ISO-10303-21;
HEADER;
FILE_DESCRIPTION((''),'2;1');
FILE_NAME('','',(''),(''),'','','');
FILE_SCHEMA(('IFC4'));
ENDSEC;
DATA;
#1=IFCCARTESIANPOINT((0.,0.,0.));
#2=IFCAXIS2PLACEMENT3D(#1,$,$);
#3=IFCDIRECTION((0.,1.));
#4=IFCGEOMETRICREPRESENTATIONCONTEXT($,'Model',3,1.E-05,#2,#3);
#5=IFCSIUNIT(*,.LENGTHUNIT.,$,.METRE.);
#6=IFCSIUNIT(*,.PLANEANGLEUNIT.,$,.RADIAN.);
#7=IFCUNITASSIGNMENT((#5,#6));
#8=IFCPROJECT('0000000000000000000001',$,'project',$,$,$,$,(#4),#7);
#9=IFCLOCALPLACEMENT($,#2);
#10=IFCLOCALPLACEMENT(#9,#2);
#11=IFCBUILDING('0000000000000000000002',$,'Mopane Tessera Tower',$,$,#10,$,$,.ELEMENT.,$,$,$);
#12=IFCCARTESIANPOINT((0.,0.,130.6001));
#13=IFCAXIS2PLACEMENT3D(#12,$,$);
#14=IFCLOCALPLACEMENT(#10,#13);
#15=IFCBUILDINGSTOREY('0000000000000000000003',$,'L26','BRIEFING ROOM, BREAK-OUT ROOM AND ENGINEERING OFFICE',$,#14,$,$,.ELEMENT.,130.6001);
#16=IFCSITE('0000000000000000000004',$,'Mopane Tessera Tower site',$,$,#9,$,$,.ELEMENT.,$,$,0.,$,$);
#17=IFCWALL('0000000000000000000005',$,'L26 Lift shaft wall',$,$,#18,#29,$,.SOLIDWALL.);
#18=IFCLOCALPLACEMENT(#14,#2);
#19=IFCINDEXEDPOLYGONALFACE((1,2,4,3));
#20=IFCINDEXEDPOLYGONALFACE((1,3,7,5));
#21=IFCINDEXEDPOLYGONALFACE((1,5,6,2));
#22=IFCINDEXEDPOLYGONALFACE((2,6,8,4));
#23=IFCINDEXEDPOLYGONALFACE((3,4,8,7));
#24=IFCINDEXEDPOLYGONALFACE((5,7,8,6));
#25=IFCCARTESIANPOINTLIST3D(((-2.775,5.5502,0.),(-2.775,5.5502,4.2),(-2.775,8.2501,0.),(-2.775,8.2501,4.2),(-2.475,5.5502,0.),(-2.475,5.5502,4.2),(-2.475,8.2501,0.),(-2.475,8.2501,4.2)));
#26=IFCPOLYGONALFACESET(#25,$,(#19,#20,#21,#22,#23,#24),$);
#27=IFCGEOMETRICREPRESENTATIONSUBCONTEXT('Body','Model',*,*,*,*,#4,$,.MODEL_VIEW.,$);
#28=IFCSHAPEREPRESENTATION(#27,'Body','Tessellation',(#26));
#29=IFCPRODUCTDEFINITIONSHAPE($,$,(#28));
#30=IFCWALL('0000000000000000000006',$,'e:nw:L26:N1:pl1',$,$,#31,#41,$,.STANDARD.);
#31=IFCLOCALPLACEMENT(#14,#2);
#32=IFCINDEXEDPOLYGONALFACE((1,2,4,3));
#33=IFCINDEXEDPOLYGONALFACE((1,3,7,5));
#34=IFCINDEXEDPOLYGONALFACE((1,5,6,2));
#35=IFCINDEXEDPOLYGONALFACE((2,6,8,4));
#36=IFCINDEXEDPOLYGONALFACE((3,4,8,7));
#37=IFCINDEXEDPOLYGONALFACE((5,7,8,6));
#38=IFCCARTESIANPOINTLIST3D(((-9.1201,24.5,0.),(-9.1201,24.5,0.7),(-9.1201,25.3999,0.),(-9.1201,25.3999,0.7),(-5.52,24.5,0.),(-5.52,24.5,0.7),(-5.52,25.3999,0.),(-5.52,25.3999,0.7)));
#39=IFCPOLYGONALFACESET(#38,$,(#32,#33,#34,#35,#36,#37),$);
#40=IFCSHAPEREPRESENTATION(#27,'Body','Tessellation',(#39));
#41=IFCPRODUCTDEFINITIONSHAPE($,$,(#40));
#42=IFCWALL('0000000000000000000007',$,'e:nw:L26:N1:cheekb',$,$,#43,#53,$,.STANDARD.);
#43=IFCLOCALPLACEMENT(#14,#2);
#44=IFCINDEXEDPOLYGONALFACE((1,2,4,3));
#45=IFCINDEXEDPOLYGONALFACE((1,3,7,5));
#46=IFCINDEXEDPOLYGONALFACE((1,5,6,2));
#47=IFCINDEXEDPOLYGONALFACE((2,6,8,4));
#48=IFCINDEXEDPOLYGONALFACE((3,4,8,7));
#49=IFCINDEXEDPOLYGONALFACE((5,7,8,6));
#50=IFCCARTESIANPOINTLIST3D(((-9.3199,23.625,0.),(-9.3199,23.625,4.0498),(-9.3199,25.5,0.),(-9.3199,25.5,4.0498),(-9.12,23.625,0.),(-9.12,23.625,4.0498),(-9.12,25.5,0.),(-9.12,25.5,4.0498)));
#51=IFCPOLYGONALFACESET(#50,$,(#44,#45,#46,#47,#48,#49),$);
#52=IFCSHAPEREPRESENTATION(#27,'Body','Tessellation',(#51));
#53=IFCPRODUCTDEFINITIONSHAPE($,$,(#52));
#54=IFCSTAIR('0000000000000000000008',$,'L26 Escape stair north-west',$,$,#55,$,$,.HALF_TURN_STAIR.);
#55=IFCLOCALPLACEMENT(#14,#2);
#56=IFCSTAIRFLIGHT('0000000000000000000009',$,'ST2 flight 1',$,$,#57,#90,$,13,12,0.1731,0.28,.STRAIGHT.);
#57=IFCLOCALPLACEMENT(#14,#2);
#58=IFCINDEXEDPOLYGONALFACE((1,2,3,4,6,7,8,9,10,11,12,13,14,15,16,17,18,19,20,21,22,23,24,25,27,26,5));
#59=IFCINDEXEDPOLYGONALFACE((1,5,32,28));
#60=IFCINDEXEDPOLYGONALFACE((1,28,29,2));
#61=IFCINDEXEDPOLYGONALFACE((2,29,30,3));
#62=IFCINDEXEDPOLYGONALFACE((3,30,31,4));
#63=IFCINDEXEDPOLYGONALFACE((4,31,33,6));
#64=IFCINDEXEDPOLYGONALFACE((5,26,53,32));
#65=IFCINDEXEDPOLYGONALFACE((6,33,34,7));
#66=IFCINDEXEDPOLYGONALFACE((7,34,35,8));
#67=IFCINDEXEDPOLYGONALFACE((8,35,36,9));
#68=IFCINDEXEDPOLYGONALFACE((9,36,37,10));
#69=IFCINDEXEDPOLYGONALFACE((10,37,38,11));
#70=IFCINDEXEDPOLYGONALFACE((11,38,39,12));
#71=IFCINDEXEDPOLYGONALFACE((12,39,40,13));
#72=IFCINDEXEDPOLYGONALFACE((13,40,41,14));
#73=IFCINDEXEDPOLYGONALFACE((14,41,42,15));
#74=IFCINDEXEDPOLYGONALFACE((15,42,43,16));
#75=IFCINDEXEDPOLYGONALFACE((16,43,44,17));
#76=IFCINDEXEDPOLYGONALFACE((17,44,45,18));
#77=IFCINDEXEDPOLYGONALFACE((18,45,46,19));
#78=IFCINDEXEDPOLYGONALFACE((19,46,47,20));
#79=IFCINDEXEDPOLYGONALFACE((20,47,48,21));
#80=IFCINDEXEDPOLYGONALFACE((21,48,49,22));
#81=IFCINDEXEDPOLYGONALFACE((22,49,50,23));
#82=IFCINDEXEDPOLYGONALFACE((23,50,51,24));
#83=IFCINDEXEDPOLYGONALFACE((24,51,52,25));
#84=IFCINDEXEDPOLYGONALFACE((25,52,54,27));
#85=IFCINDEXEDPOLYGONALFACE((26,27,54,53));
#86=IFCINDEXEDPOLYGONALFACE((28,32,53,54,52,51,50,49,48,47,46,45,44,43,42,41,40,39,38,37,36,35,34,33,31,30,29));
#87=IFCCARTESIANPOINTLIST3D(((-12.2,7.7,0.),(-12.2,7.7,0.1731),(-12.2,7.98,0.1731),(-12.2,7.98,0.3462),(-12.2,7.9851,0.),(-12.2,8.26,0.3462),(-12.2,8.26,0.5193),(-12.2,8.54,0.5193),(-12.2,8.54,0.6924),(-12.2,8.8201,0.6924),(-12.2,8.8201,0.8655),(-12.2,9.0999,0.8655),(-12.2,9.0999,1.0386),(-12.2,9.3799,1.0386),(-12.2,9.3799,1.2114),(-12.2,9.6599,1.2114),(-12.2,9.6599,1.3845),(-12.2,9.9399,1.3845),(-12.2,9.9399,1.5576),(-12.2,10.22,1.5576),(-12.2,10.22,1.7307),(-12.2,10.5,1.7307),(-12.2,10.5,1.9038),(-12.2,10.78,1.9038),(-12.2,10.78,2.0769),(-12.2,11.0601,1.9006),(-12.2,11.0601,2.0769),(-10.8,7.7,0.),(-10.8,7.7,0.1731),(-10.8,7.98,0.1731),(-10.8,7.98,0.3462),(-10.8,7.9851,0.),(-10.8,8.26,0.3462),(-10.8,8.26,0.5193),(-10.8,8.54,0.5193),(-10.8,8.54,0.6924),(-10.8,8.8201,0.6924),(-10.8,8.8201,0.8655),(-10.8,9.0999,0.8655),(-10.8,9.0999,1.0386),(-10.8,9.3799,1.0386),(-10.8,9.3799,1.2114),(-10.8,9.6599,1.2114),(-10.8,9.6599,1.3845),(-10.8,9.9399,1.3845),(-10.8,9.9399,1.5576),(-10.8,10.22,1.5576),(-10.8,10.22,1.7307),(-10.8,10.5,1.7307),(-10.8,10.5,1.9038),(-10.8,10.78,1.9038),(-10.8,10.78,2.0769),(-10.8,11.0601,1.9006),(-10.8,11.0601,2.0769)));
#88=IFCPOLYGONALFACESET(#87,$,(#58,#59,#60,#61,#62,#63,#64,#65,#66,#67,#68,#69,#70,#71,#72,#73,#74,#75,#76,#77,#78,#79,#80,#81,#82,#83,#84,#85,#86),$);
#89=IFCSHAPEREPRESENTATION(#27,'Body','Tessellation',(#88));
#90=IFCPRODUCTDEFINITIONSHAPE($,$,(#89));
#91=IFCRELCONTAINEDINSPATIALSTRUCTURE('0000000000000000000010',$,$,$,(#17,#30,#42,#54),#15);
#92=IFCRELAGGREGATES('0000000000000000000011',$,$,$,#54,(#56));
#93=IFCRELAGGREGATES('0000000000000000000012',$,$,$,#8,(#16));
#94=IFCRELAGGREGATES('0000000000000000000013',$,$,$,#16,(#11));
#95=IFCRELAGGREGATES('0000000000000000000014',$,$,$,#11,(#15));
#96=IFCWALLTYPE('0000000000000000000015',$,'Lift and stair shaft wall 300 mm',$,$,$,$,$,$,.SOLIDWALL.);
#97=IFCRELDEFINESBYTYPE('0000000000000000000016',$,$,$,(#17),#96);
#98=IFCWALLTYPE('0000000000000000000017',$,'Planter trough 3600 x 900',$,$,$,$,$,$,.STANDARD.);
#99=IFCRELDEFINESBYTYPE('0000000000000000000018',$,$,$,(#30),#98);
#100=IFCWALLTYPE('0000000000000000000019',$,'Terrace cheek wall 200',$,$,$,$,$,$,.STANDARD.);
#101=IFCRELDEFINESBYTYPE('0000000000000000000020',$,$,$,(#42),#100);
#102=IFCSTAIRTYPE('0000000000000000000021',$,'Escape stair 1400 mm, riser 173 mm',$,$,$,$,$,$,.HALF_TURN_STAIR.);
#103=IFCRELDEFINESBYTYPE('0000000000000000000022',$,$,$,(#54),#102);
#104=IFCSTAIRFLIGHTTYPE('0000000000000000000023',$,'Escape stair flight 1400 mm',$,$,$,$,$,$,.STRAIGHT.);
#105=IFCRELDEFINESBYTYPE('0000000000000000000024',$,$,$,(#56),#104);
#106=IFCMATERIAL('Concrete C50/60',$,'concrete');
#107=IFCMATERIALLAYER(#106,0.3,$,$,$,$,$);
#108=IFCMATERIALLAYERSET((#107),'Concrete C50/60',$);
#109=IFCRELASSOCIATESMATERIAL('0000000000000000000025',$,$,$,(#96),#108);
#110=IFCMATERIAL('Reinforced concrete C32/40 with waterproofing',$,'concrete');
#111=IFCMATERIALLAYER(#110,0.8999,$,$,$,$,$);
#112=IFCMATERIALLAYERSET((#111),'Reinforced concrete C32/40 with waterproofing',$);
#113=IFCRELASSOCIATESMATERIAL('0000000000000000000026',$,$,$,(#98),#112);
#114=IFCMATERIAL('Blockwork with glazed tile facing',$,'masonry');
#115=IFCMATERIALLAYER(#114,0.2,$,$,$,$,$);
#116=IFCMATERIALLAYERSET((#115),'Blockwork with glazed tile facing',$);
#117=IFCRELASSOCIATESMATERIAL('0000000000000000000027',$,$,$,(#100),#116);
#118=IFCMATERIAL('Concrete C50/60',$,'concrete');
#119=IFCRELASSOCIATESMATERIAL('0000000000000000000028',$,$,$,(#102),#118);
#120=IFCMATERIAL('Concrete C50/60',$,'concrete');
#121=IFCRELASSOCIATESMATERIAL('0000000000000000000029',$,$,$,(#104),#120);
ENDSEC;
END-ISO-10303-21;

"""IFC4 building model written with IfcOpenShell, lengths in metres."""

from ifc_helpers import new_model, si_unit, direction, frame, frame_2d, origin, place, context, subcontext, project, spatial, polyline, rectangle, outline, extrude, material, layer, layer_set, type_object, element, aggregate, save


model = new_model("IFC4")

# Units and contexts
model_context = context("Model", 3, precision=1e-05, world=origin(), true_north=direction((0.0, 1.0)))
body_context = subcontext(model_context, "Body", "Model", "MODEL_VIEW")
ifc_project = project(units=[si_unit("LENGTHUNIT", "METRE"), si_unit("PLANEANGLEUNIT", "RADIAN")], contexts=[model_context])

# Site, building, storey
site_placement = place(None, origin())
site = spatial("IfcSite", under=ifc_project, at=site_placement, Name="Mopane Tessera Tower site", CompositionType="ELEMENT", RefElevation=0.0)
building_placement = place(site_placement, origin())
building = spatial("IfcBuilding", under=site, at=building_placement, Name="Mopane Tessera Tower", CompositionType="ELEMENT")
storey_placement = place(building_placement, frame((0.0, 0.0, 130.6001)))
storey = spatial("IfcBuildingStorey", under=building, at=storey_placement, Name="L26", Description="BRIEFING ROOM, BREAK-OUT ROOM AND ENGINEERING OFFICE", CompositionType="ELEMENT", Elevation=130.6001)

# Walls
ifc_material_1 = material(Name="Concrete C50/60", Category="concrete")
ifc_layer_1 = layer(ifc_material_1, 0.3)
ifc_layer_set_1 = layer_set([ifc_layer_1], Name="Concrete C50/60")
wall_type_1 = type_object("IfcWallType", Name="Lift and stair shaft wall 300 mm", PredefinedType="SOLIDWALL", material=ifc_layer_set_1)
for number, where, z_axis, x_axis, name in (
    (1, (-2.625, 5.55, 0.0), (0.0, 0.0, 1.0), (0.0, 1.0, 0.0), "L26 Lift shaft wall"),
):
    element("IfcWall", number, at=place(storey_placement, frame(where, z_axis=z_axis, x_axis=x_axis)), inside=storey, type_object=wall_type_1, Name=name, PredefinedType="SOLIDWALL", context=body_context, shape_type="SweptSolid", body=[
        extrude(rectangle(XDim=2.7, YDim=0.3, at=frame_2d((1.3501, 0.0))), origin(), (0.0, 0.0, 1.0), 4.2),
    ])
ifc_material_2 = material(Name="Reinforced concrete C32/40 with waterproofing", Category="concrete")
ifc_layer_2 = layer(ifc_material_2, 0.8999)
ifc_layer_set_2 = layer_set([ifc_layer_2], Name="Reinforced concrete C32/40 with waterproofing")
wall_type_2 = type_object("IfcWallType", Name="Planter trough 3600 x 900", PredefinedType="STANDARD", material=ifc_layer_set_2)
wall_1_placement = place(storey_placement, frame((-5.52, 24.95, 0.0), z_axis=(0.0, 0.0, 1.0), x_axis=(-1.0, 0.0, 0.0)))
element("IfcWall", 2, at=wall_1_placement, inside=storey, type_object=wall_type_2, Name="e:nw:L26:N1:pl1", PredefinedType="STANDARD", context=body_context, shape_type="SweptSolid", body=[
    extrude(rectangle(XDim=3.6001, YDim=0.8999, at=frame_2d((1.8, 0.0))), origin(), (0.0, 0.0, 1.0), 0.7),
])
ifc_material_3 = material(Name="Blockwork with glazed tile facing", Category="masonry")
ifc_layer_3 = layer(ifc_material_3, 0.2)
ifc_layer_set_3 = layer_set([ifc_layer_3], Name="Blockwork with glazed tile facing")
wall_type_3 = type_object("IfcWallType", Name="Terrace cheek wall 200", PredefinedType="STANDARD", material=ifc_layer_set_3)
wall_2_placement = place(storey_placement, frame((-9.22, 25.5, 0.0), z_axis=(0.0, 0.0, 1.0), x_axis=(0.0, -1.0, 0.0)))
element("IfcWall", 3, at=wall_2_placement, inside=storey, type_object=wall_type_3, Name="e:nw:L26:N1:cheekb", PredefinedType="STANDARD", context=body_context, shape_type="SweptSolid", body=[
    extrude(rectangle(XDim=1.875, YDim=0.2, at=frame_2d((0.9375, 0.0))), origin(), (0.0, 0.0, 1.0), 4.0498),
])

# Stair, stair flight
ifc_material_4 = material(Name="Concrete C50/60", Category="concrete")
stair_type = type_object("IfcStairType", Name="Escape stair 1400 mm, riser 173 mm", PredefinedType="HALF_TURN_STAIR", material=ifc_material_4)
stair_placement = place(storey_placement, origin())
stair = element("IfcStair", 4, at=stair_placement, inside=storey, type_object=stair_type, Name="L26 Escape stair north-west", PredefinedType="HALF_TURN_STAIR")
ifc_material_5 = material(Name="Concrete C50/60", Category="concrete")
stair_flight_type = type_object("IfcStairFlightType", Name="Escape stair flight 1400 mm", PredefinedType="STRAIGHT", material=ifc_material_5)
stair_flight_placement = place(storey_placement, frame((-11.5, 7.7, 0.0), z_axis=(0.0, 0.0, 1.0), x_axis=(0.0, 1.0, 0.0)))
stair_flight = element("IfcStairFlight", 5, at=stair_flight_placement, type_object=stair_flight_type, Name="ST2 flight 1", NumberOfRisers=13, NumberOfTreads=12, PredefinedType="STRAIGHT", RiserHeight=0.1731, TreadLength=0.28, context=body_context, shape_type="SweptSolid", body=[
    extrude(outline(polyline([(0.0, 0.0), (0.0, 0.1731), (0.28, 0.1731), (0.28, 0.3462), (0.5601, 0.3462), (0.5601, 0.5193), (0.8401, 0.5193), (0.8401, 0.6924), (1.1201, 0.6924), (1.1201, 0.8655), (1.3999, 0.8655), (1.3999, 1.0386), (1.6799, 1.0386), (1.6799, 1.2114), (1.96, 1.2114), (1.96, 1.3845), (2.24, 1.3845), (2.24, 1.5576), (2.52, 1.5576), (2.52, 1.7307), (2.8, 1.7307), (2.8, 1.9038), (3.0801, 1.9038), (3.0801, 2.0769), (3.3601, 2.0769), (3.3601, 2.25), (3.3601, 1.9006), (0.2852, 0.0), (0.0, 0.0)])), frame((0.0, 0.7, 0.0), z_axis=(0.0, -1.0, 0.0), x_axis=(1.0, 0.0, 0.0)), (0.0, 0.0, 1.0), 1.3999),
])
aggregate(stair, [stair_flight])

save(model, "model.ifc")
